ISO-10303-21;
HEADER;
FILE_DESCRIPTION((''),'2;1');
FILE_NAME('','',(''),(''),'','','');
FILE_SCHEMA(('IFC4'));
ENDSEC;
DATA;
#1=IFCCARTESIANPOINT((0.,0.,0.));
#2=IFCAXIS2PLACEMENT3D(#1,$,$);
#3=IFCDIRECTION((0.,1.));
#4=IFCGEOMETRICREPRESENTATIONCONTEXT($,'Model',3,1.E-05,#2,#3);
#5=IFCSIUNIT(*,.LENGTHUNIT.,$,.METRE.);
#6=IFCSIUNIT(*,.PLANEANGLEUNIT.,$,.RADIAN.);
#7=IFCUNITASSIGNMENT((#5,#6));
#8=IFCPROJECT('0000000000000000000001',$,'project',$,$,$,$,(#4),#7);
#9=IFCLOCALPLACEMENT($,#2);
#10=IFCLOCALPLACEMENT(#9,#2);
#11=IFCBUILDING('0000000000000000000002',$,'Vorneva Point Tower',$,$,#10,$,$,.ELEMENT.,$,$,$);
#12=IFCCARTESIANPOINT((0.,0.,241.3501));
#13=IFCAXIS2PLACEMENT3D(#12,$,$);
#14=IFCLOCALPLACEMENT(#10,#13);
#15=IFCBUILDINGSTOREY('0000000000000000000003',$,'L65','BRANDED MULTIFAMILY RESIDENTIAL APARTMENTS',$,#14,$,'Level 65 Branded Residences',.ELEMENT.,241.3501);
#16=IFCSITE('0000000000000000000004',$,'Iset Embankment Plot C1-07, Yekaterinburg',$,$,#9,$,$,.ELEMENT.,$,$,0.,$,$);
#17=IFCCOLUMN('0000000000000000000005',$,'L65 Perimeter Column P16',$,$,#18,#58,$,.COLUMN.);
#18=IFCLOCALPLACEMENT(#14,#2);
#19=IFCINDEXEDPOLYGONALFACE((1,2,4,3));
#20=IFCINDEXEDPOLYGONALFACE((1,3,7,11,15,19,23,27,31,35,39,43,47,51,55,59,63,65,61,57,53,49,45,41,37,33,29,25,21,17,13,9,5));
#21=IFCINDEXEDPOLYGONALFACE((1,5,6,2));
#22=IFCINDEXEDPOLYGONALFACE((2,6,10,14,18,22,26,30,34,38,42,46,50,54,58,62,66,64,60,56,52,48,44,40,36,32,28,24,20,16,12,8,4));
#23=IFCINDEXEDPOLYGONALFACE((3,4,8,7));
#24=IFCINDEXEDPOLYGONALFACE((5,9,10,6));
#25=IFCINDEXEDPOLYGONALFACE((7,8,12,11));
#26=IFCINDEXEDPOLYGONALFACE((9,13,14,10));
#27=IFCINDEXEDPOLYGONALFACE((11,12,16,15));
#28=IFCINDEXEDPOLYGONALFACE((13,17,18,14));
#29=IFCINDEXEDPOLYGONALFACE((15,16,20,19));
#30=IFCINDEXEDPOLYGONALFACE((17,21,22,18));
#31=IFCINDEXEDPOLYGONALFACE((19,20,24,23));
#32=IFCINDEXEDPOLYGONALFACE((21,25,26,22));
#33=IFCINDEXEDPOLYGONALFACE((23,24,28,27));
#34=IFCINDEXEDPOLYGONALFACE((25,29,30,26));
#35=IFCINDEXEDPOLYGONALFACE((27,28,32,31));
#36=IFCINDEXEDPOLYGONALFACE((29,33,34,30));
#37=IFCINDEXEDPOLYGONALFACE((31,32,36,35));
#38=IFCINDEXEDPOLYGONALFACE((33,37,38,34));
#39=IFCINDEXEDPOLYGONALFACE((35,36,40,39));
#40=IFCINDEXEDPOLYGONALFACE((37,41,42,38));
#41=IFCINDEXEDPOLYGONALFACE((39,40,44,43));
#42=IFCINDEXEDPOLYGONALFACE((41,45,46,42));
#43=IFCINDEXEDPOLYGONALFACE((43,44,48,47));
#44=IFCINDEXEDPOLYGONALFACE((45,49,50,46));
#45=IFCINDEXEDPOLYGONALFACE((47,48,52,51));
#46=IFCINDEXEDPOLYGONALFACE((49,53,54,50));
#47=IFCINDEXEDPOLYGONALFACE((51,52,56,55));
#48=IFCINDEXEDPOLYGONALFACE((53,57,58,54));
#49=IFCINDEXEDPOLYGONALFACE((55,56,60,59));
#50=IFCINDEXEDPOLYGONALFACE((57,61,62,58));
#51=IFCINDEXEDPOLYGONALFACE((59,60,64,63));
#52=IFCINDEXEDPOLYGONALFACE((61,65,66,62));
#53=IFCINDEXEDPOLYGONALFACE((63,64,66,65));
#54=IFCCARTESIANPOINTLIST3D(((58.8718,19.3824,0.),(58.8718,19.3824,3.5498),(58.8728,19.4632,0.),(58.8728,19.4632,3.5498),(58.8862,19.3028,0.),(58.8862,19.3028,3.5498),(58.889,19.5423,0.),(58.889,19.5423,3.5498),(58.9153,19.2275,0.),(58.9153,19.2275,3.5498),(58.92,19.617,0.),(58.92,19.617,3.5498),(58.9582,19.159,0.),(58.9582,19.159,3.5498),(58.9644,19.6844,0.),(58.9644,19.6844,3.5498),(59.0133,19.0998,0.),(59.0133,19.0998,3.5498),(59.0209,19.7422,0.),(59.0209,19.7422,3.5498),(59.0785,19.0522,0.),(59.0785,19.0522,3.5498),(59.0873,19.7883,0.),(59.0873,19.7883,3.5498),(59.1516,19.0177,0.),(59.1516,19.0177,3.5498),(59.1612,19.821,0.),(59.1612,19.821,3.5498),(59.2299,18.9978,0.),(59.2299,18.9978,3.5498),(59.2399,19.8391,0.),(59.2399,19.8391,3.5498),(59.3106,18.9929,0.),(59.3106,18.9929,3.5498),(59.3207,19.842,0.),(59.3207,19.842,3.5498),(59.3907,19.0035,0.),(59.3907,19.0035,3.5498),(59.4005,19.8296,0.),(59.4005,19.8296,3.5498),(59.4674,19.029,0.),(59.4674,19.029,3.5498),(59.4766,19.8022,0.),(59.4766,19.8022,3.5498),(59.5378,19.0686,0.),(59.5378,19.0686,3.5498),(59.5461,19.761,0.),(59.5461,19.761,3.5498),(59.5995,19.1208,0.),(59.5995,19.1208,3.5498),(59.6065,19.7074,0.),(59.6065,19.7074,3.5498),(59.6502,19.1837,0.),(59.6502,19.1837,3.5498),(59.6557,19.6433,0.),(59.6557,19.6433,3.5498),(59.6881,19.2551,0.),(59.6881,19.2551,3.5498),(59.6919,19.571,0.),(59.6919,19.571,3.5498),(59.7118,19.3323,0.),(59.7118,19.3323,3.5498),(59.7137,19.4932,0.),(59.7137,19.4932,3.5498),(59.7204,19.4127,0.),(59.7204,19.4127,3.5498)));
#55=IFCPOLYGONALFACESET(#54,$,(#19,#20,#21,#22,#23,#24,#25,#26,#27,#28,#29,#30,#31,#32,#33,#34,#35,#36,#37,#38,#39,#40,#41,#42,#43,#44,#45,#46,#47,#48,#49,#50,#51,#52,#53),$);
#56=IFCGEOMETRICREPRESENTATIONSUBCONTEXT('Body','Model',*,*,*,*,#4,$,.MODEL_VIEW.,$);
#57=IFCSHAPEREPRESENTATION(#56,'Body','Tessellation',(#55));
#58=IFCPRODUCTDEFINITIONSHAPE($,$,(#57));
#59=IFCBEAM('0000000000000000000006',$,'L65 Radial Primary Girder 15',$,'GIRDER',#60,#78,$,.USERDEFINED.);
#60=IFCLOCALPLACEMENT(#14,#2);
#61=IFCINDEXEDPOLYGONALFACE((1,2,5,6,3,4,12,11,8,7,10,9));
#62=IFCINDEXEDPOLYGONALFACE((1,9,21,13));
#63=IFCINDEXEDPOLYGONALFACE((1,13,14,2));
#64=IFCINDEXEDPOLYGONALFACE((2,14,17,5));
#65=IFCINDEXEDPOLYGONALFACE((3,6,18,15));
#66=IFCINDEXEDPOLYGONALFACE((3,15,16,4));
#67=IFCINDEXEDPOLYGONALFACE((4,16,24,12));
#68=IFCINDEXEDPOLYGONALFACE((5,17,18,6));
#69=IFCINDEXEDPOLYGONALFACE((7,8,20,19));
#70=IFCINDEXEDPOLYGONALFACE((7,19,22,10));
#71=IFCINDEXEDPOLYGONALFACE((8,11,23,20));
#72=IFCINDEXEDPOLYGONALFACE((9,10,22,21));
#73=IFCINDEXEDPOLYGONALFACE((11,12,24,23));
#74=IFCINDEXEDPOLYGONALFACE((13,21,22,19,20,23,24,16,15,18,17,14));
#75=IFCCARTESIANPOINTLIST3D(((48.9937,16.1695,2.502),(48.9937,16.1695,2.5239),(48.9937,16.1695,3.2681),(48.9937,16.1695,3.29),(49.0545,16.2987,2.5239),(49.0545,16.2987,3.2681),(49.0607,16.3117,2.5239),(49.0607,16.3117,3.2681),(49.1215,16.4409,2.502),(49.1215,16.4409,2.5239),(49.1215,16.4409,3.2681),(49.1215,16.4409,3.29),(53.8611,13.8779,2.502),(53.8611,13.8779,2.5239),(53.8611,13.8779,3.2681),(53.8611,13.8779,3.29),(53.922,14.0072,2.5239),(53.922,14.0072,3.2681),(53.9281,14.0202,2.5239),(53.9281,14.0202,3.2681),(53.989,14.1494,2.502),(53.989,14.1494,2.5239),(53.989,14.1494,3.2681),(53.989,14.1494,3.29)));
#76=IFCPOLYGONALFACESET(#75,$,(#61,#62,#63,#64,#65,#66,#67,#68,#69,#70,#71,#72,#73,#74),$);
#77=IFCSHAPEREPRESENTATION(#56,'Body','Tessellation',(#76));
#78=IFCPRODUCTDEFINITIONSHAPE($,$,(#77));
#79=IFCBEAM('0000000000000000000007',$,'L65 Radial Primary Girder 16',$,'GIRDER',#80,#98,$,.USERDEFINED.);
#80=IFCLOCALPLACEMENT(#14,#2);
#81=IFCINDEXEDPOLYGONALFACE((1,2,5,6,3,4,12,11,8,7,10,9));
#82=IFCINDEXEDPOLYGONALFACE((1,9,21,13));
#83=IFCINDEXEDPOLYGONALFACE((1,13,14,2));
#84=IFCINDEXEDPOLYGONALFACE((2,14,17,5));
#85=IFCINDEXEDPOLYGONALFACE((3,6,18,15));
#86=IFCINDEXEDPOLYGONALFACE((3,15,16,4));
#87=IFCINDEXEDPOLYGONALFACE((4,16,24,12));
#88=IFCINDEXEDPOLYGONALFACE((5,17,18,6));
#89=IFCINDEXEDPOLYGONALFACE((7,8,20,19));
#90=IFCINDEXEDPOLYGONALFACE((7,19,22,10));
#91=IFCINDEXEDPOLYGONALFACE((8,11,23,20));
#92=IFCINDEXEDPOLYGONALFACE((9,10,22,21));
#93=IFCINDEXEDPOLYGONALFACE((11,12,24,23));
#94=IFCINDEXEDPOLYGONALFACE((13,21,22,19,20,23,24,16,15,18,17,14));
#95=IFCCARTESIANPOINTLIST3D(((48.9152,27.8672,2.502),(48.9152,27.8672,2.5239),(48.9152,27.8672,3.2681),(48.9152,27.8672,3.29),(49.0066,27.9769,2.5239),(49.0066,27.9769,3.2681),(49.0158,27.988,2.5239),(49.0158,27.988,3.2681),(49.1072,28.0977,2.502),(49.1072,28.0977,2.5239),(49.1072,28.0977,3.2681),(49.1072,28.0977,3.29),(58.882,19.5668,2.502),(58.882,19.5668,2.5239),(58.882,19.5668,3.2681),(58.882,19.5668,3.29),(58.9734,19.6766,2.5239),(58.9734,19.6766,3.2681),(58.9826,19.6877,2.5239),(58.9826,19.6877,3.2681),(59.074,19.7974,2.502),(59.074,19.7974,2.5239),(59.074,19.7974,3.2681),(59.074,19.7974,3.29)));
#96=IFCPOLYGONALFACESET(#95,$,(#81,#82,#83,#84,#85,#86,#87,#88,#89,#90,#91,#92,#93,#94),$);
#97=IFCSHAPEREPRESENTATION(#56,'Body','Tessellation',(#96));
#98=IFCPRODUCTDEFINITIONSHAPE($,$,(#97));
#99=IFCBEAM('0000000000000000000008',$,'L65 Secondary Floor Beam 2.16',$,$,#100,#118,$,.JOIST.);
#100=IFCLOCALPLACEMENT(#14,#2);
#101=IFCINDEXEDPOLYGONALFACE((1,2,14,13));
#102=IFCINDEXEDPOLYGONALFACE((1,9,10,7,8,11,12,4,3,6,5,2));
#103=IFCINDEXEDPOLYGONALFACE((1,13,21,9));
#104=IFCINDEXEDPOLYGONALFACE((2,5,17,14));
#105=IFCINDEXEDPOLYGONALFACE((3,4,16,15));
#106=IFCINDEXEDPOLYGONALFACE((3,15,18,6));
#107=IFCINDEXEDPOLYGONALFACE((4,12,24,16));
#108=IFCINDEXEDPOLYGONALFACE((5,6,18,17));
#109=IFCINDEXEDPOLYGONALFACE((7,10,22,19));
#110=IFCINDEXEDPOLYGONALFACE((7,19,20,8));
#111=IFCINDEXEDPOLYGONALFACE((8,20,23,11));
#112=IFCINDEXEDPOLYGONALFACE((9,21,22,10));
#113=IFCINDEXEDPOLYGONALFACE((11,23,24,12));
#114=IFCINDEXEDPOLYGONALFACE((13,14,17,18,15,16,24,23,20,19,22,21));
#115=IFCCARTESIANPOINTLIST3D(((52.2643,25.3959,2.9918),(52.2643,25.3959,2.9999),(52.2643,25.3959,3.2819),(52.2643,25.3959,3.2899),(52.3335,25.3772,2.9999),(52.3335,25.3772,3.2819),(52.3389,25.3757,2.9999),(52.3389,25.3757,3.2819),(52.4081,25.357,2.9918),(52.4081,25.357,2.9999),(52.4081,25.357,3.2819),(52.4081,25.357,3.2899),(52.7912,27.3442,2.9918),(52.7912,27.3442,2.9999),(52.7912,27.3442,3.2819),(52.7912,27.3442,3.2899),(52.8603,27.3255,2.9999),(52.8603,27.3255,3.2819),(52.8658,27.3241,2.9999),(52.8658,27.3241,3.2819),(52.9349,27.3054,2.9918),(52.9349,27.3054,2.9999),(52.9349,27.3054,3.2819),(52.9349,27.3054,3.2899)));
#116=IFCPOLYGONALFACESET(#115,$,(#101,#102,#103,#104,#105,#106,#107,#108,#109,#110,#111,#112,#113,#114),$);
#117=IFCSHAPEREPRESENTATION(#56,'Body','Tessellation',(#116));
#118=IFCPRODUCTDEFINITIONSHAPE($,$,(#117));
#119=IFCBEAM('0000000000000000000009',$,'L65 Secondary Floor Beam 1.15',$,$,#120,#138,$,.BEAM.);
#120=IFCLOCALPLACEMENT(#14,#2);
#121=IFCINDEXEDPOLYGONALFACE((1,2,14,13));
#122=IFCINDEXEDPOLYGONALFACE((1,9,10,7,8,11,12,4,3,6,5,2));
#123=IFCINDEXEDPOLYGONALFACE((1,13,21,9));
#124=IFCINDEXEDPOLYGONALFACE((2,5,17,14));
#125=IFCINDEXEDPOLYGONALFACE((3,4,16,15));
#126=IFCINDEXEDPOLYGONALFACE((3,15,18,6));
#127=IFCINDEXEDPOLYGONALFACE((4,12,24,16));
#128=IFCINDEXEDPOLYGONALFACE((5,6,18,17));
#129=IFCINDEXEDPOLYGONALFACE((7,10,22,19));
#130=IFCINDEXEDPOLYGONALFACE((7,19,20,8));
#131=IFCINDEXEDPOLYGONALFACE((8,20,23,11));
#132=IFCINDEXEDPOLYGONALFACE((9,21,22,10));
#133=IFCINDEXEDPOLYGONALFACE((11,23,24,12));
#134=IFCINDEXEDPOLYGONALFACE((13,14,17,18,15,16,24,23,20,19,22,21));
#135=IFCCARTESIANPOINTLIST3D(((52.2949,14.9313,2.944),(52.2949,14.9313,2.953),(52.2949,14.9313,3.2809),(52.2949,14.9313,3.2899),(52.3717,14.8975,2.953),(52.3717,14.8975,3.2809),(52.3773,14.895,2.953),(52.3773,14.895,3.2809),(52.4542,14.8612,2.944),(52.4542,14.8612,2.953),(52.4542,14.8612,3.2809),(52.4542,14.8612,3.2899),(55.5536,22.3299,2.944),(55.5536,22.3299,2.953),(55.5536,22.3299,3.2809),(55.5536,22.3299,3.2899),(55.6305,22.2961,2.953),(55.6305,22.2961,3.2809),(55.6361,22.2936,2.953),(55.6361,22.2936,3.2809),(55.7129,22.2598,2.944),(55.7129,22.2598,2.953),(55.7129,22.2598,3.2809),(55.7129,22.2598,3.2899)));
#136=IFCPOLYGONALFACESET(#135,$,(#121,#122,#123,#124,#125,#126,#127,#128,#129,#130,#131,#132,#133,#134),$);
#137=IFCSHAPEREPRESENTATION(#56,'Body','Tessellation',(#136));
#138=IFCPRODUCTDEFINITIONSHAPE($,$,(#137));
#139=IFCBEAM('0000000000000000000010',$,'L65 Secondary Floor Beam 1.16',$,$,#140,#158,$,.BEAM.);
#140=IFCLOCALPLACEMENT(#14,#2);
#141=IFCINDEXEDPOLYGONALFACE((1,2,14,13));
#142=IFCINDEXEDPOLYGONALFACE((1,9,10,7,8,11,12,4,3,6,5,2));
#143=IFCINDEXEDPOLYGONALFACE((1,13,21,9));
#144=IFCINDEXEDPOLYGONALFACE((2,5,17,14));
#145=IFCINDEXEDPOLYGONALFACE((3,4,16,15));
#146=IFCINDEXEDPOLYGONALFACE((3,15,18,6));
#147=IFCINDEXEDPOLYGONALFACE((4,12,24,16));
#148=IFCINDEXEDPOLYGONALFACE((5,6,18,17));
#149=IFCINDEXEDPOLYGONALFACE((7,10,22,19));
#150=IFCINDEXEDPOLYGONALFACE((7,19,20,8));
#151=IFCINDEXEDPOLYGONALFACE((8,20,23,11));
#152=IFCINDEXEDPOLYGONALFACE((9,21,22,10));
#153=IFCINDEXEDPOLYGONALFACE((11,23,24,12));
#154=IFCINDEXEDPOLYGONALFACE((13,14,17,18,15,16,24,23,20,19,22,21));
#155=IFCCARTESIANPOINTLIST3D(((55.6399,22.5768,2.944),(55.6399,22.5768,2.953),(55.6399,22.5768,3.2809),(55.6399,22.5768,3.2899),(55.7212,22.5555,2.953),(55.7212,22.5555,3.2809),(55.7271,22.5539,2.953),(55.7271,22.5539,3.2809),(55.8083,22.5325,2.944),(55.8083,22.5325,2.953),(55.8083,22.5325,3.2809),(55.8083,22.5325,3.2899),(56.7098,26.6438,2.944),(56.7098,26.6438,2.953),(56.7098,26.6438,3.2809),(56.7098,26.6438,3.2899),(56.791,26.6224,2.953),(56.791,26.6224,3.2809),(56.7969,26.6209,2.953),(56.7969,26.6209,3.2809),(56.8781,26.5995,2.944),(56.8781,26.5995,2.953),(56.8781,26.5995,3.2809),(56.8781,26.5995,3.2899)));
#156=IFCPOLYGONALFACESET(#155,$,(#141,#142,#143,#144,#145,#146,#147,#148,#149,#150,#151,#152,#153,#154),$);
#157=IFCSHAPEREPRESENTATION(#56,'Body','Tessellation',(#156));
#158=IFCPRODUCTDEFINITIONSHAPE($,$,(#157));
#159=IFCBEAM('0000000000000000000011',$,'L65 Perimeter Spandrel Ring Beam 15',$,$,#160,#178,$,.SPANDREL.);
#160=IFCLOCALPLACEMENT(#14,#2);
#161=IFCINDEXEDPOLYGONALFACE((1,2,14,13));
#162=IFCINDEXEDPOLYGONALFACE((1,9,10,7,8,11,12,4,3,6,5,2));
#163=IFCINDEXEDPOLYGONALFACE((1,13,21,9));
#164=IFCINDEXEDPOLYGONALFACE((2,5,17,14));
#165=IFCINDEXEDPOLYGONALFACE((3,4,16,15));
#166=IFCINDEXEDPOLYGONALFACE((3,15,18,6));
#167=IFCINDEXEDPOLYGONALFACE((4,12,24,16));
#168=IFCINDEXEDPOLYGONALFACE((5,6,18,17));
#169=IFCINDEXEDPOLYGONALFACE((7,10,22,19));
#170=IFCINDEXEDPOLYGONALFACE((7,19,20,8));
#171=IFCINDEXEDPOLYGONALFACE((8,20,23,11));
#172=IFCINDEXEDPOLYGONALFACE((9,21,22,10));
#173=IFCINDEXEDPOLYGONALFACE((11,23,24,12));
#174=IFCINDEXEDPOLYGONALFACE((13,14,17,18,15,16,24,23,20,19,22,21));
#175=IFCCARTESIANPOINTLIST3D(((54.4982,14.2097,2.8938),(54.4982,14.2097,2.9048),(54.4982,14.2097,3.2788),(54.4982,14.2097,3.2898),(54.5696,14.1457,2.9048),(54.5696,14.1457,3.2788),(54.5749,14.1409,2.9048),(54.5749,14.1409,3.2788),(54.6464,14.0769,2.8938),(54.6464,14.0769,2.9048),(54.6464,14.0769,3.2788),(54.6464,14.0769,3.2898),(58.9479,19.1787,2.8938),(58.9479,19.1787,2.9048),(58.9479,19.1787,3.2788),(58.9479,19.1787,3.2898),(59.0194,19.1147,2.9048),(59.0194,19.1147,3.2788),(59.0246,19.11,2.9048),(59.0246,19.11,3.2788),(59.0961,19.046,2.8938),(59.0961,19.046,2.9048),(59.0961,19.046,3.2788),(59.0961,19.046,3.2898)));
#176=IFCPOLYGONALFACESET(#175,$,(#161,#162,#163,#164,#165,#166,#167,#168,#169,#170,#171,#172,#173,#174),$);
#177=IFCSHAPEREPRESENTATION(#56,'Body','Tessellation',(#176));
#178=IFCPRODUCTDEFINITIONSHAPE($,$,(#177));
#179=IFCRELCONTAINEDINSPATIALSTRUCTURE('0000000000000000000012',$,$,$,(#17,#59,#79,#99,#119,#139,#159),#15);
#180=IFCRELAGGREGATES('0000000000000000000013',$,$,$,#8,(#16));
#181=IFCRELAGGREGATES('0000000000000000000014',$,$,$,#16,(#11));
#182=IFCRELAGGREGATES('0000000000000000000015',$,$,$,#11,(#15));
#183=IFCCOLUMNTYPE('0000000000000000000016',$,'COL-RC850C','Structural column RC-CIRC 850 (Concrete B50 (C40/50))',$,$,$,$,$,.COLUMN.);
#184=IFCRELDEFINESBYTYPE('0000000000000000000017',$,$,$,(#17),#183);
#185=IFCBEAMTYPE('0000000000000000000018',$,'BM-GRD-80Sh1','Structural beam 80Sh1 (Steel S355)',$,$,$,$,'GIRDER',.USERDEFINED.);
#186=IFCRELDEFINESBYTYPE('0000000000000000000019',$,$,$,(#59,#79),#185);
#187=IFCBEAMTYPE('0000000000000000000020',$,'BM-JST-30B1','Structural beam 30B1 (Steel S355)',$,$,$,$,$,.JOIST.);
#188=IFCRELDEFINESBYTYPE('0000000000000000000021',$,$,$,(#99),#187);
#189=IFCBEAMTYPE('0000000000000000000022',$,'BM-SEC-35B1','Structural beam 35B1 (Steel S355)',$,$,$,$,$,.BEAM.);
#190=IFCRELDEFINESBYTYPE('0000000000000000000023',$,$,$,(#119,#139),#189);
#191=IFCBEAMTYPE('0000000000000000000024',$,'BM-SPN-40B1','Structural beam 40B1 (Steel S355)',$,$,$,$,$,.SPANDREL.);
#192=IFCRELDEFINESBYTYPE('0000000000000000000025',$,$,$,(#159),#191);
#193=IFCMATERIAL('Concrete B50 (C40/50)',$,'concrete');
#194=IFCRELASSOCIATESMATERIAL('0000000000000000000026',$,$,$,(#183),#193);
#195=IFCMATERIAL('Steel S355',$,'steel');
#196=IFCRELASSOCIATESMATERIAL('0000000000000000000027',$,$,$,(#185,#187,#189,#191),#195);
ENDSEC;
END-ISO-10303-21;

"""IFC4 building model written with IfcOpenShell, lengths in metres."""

from ifc_helpers import new_model, si_unit, direction, frame, origin, origin_2d, place, context, subcontext, project, spatial, circle, i_section, extrude, material, material_profile, profile_set, type_object, element, save


model = new_model("IFC4")

# Units and contexts
model_context = context("Model", 3, precision=1e-05, world=origin(), true_north=direction((0.0, 1.0)))
body_context = subcontext(model_context, "Body", "Model", "MODEL_VIEW")
ifc_project = project(units=[si_unit("LENGTHUNIT", "METRE"), si_unit("PLANEANGLEUNIT", "RADIAN")], contexts=[model_context])

# Site, building, storey
site_placement = place(None, origin())
site = spatial("IfcSite", under=ifc_project, at=site_placement, Name="Iset Embankment Plot C1-07, Yekaterinburg", CompositionType="ELEMENT", RefElevation=0.0)
building_placement = place(site_placement, origin())
building = spatial("IfcBuilding", under=site, at=building_placement, Name="Vorneva Point Tower", CompositionType="ELEMENT")
storey_placement = place(building_placement, frame((0.0, 0.0, 241.3501)))
storey = spatial("IfcBuildingStorey", under=building, at=storey_placement, Name="L65", Description="BRANDED MULTIFAMILY RESIDENTIAL APARTMENTS", LongName="Level 65 Branded Residences", CompositionType="ELEMENT", Elevation=241.3501)

# Column
ifc_material_1 = material(Name="Concrete B50 (C40/50)", Category="concrete")
ifc_material_profile_1 = material_profile(ifc_material_1, circle(Radius=0.425, at=origin_2d()), Name="RC-CIRC 850")
ifc_profile_set_1 = profile_set([ifc_material_profile_1], Name="Concrete B50 (C40/50)")
column_type = type_object("IfcColumnType", Name="COL-RC850C", Description="Structural column RC-CIRC 850 (Concrete B50 (C40/50))", PredefinedType="COLUMN", material=ifc_profile_set_1)
for number, where, z_axis, x_axis, name in (
    (1, (59.2954, 19.4177, 0.0), (0.0, 0.0, 1.0), (0.92388, -0.382683, 0.0), "L65 Perimeter Column P16"),
):
    element("IfcColumn", number, at=place(storey_placement, frame(where, z_axis=z_axis, x_axis=x_axis)), inside=storey, type_object=column_type, Name=name, PredefinedType="COLUMN", context=body_context, shape_type="SweptSolid", body=[
        extrude(circle(Radius=0.425, at=origin_2d()), origin(), (0.0, 0.0, 1.0), 3.5498),
    ])

# Beams
ifc_material_2 = material(Name="Steel S355", Category="steel")
ifc_material_profile_2 = material_profile(ifc_material_2, i_section(OverallWidth=0.3, OverallDepth=0.7881, WebThickness=0.0144, FlangeThickness=0.022, at=origin_2d()), Name="80Sh1")
ifc_profile_set_2 = profile_set([ifc_material_profile_2], Name="Steel S355")
beam_type_1 = type_object("IfcBeamType", Name="BM-GRD-80Sh1", Description="Structural beam 80Sh1 (Steel S355)", ElementType="GIRDER", PredefinedType="USERDEFINED", material=ifc_profile_set_2)
beam_1_placement = place(storey_placement, frame((53.925, 14.0137, 2.896), z_axis=(-0.904751, 0.425941, 0.0), x_axis=(-0.425941, -0.904751, 0.0)))
element("IfcBeam", 2, at=beam_1_placement, inside=storey, type_object=beam_type_1, Name="L65 Radial Primary Girder 15", ObjectType="GIRDER", PredefinedType="USERDEFINED", context=body_context, shape_type="SweptSolid", body=[
    extrude(i_section(OverallWidth=0.3, OverallDepth=0.7881, WebThickness=0.0144, FlangeThickness=0.022, at=origin_2d()), origin(), (0.0, 0.0, 1.0), 5.3799),
])
beam_2_placement = place(storey_placement, frame((58.978, 19.6821, 2.896), z_axis=(-0.768425, 0.63994, 0.0), x_axis=(-0.63994, -0.768425, 0.0)))
element("IfcBeam", 3, at=beam_2_placement, inside=storey, type_object=beam_type_1, Name="L65 Radial Primary Girder 16", ObjectType="GIRDER", PredefinedType="USERDEFINED", context=body_context, shape_type="SweptSolid", body=[
    extrude(i_section(OverallWidth=0.3, OverallDepth=0.7881, WebThickness=0.0144, FlangeThickness=0.022, at=origin_2d()), origin(), (0.0, 0.0, 1.0), 12.9705),
])
ifc_material_profile_3 = material_profile(ifc_material_2, i_section(OverallWidth=0.1489, OverallDepth=0.2981, WebThickness=0.0056, FlangeThickness=0.0081, at=origin_2d()), Name="30B1")
ifc_profile_set_3 = profile_set([ifc_material_profile_3], Name="Steel S355")
beam_type_2 = type_object("IfcBeamType", Name="BM-JST-30B1", Description="Structural beam 30B1 (Steel S355)", PredefinedType="JOIST", material=ifc_profile_set_3)
beam_3_placement = place(storey_placement, frame((52.3362, 25.3765, 3.1409), z_axis=(0.261049, 0.965326, 0.0), x_axis=(-0.965326, 0.261049, 0.0)))
element("IfcBeam", 4, at=beam_3_placement, inside=storey, type_object=beam_type_2, Name="L65 Secondary Floor Beam 2.16", PredefinedType="JOIST", context=body_context, shape_type="SweptSolid", body=[
    extrude(i_section(OverallWidth=0.1489, OverallDepth=0.2981, WebThickness=0.0056, FlangeThickness=0.0081, at=origin_2d()), origin(), (0.0, 0.0, 1.0), 2.0183),
])
ifc_material_profile_4 = material_profile(ifc_material_2, i_section(OverallWidth=0.1741, OverallDepth=0.3459, WebThickness=0.0061, FlangeThickness=0.009, at=origin_2d()), Name="35B1")
ifc_profile_set_4 = profile_set([ifc_material_profile_4], Name="Steel S355")
beam_type_3 = type_object("IfcBeamType", Name="BM-SEC-35B1", Description="Structural beam 35B1 (Steel S355)", PredefinedType="BEAM", material=ifc_profile_set_4)
beam_4_placement = place(storey_placement, frame((52.3745, 14.8962, 3.1169), z_axis=(0.403088, 0.915161, 0.0), x_axis=(-0.915161, 0.403088, 0.0)))
element("IfcBeam", 5, at=beam_4_placement, inside=storey, type_object=beam_type_3, Name="L65 Secondary Floor Beam 1.15", PredefinedType="BEAM", context=body_context, shape_type="SweptSolid", body=[
    extrude(i_section(OverallWidth=0.1741, OverallDepth=0.3459, WebThickness=0.0061, FlangeThickness=0.009, at=origin_2d()), origin(), (0.0, 0.0, 1.0), 8.0845),
])
beam_5_placement = place(storey_placement, frame((55.7241, 22.5547, 3.1169), z_axis=(0.254402, 0.967099, 0.0), x_axis=(-0.967099, 0.254402, 0.0)))
element("IfcBeam", 6, at=beam_5_placement, inside=storey, type_object=beam_type_3, Name="L65 Secondary Floor Beam 1.16", PredefinedType="BEAM", context=body_context, shape_type="SweptSolid", body=[
    extrude(i_section(OverallWidth=0.1741, OverallDepth=0.3459, WebThickness=0.0061, FlangeThickness=0.009, at=origin_2d()), origin(), (0.0, 0.0, 1.0), 4.2053),
])
ifc_material_profile_5 = material_profile(ifc_material_2, i_section(OverallWidth=0.199, OverallDepth=0.396, WebThickness=0.0071, FlangeThickness=0.011, at=origin_2d()), Name="40B1")
ifc_profile_set_5 = profile_set([ifc_material_profile_5], Name="Steel S355")
beam_type_4 = type_object("IfcBeamType", Name="BM-SPN-40B1", Description="Structural beam 40B1 (Steel S355)", PredefinedType="SPANDREL", material=ifc_profile_set_5)
beam_6_placement = place(storey_placement, frame((54.5723, 14.1433, 3.0918), z_axis=(0.667108, 0.744961, 0.0), x_axis=(-0.744961, 0.667108, 0.0)))
element("IfcBeam", 7, at=beam_6_placement, inside=storey, type_object=beam_type_4, Name="L65 Perimeter Spandrel Ring Beam 15", PredefinedType="SPANDREL", context=body_context, shape_type="SweptSolid", body=[
    extrude(i_section(OverallWidth=0.199, OverallDepth=0.396, WebThickness=0.0071, FlangeThickness=0.011, at=origin_2d()), origin(), (0.0, 0.0, 1.0), 6.6702),
])

save(model, "model.ifc")
